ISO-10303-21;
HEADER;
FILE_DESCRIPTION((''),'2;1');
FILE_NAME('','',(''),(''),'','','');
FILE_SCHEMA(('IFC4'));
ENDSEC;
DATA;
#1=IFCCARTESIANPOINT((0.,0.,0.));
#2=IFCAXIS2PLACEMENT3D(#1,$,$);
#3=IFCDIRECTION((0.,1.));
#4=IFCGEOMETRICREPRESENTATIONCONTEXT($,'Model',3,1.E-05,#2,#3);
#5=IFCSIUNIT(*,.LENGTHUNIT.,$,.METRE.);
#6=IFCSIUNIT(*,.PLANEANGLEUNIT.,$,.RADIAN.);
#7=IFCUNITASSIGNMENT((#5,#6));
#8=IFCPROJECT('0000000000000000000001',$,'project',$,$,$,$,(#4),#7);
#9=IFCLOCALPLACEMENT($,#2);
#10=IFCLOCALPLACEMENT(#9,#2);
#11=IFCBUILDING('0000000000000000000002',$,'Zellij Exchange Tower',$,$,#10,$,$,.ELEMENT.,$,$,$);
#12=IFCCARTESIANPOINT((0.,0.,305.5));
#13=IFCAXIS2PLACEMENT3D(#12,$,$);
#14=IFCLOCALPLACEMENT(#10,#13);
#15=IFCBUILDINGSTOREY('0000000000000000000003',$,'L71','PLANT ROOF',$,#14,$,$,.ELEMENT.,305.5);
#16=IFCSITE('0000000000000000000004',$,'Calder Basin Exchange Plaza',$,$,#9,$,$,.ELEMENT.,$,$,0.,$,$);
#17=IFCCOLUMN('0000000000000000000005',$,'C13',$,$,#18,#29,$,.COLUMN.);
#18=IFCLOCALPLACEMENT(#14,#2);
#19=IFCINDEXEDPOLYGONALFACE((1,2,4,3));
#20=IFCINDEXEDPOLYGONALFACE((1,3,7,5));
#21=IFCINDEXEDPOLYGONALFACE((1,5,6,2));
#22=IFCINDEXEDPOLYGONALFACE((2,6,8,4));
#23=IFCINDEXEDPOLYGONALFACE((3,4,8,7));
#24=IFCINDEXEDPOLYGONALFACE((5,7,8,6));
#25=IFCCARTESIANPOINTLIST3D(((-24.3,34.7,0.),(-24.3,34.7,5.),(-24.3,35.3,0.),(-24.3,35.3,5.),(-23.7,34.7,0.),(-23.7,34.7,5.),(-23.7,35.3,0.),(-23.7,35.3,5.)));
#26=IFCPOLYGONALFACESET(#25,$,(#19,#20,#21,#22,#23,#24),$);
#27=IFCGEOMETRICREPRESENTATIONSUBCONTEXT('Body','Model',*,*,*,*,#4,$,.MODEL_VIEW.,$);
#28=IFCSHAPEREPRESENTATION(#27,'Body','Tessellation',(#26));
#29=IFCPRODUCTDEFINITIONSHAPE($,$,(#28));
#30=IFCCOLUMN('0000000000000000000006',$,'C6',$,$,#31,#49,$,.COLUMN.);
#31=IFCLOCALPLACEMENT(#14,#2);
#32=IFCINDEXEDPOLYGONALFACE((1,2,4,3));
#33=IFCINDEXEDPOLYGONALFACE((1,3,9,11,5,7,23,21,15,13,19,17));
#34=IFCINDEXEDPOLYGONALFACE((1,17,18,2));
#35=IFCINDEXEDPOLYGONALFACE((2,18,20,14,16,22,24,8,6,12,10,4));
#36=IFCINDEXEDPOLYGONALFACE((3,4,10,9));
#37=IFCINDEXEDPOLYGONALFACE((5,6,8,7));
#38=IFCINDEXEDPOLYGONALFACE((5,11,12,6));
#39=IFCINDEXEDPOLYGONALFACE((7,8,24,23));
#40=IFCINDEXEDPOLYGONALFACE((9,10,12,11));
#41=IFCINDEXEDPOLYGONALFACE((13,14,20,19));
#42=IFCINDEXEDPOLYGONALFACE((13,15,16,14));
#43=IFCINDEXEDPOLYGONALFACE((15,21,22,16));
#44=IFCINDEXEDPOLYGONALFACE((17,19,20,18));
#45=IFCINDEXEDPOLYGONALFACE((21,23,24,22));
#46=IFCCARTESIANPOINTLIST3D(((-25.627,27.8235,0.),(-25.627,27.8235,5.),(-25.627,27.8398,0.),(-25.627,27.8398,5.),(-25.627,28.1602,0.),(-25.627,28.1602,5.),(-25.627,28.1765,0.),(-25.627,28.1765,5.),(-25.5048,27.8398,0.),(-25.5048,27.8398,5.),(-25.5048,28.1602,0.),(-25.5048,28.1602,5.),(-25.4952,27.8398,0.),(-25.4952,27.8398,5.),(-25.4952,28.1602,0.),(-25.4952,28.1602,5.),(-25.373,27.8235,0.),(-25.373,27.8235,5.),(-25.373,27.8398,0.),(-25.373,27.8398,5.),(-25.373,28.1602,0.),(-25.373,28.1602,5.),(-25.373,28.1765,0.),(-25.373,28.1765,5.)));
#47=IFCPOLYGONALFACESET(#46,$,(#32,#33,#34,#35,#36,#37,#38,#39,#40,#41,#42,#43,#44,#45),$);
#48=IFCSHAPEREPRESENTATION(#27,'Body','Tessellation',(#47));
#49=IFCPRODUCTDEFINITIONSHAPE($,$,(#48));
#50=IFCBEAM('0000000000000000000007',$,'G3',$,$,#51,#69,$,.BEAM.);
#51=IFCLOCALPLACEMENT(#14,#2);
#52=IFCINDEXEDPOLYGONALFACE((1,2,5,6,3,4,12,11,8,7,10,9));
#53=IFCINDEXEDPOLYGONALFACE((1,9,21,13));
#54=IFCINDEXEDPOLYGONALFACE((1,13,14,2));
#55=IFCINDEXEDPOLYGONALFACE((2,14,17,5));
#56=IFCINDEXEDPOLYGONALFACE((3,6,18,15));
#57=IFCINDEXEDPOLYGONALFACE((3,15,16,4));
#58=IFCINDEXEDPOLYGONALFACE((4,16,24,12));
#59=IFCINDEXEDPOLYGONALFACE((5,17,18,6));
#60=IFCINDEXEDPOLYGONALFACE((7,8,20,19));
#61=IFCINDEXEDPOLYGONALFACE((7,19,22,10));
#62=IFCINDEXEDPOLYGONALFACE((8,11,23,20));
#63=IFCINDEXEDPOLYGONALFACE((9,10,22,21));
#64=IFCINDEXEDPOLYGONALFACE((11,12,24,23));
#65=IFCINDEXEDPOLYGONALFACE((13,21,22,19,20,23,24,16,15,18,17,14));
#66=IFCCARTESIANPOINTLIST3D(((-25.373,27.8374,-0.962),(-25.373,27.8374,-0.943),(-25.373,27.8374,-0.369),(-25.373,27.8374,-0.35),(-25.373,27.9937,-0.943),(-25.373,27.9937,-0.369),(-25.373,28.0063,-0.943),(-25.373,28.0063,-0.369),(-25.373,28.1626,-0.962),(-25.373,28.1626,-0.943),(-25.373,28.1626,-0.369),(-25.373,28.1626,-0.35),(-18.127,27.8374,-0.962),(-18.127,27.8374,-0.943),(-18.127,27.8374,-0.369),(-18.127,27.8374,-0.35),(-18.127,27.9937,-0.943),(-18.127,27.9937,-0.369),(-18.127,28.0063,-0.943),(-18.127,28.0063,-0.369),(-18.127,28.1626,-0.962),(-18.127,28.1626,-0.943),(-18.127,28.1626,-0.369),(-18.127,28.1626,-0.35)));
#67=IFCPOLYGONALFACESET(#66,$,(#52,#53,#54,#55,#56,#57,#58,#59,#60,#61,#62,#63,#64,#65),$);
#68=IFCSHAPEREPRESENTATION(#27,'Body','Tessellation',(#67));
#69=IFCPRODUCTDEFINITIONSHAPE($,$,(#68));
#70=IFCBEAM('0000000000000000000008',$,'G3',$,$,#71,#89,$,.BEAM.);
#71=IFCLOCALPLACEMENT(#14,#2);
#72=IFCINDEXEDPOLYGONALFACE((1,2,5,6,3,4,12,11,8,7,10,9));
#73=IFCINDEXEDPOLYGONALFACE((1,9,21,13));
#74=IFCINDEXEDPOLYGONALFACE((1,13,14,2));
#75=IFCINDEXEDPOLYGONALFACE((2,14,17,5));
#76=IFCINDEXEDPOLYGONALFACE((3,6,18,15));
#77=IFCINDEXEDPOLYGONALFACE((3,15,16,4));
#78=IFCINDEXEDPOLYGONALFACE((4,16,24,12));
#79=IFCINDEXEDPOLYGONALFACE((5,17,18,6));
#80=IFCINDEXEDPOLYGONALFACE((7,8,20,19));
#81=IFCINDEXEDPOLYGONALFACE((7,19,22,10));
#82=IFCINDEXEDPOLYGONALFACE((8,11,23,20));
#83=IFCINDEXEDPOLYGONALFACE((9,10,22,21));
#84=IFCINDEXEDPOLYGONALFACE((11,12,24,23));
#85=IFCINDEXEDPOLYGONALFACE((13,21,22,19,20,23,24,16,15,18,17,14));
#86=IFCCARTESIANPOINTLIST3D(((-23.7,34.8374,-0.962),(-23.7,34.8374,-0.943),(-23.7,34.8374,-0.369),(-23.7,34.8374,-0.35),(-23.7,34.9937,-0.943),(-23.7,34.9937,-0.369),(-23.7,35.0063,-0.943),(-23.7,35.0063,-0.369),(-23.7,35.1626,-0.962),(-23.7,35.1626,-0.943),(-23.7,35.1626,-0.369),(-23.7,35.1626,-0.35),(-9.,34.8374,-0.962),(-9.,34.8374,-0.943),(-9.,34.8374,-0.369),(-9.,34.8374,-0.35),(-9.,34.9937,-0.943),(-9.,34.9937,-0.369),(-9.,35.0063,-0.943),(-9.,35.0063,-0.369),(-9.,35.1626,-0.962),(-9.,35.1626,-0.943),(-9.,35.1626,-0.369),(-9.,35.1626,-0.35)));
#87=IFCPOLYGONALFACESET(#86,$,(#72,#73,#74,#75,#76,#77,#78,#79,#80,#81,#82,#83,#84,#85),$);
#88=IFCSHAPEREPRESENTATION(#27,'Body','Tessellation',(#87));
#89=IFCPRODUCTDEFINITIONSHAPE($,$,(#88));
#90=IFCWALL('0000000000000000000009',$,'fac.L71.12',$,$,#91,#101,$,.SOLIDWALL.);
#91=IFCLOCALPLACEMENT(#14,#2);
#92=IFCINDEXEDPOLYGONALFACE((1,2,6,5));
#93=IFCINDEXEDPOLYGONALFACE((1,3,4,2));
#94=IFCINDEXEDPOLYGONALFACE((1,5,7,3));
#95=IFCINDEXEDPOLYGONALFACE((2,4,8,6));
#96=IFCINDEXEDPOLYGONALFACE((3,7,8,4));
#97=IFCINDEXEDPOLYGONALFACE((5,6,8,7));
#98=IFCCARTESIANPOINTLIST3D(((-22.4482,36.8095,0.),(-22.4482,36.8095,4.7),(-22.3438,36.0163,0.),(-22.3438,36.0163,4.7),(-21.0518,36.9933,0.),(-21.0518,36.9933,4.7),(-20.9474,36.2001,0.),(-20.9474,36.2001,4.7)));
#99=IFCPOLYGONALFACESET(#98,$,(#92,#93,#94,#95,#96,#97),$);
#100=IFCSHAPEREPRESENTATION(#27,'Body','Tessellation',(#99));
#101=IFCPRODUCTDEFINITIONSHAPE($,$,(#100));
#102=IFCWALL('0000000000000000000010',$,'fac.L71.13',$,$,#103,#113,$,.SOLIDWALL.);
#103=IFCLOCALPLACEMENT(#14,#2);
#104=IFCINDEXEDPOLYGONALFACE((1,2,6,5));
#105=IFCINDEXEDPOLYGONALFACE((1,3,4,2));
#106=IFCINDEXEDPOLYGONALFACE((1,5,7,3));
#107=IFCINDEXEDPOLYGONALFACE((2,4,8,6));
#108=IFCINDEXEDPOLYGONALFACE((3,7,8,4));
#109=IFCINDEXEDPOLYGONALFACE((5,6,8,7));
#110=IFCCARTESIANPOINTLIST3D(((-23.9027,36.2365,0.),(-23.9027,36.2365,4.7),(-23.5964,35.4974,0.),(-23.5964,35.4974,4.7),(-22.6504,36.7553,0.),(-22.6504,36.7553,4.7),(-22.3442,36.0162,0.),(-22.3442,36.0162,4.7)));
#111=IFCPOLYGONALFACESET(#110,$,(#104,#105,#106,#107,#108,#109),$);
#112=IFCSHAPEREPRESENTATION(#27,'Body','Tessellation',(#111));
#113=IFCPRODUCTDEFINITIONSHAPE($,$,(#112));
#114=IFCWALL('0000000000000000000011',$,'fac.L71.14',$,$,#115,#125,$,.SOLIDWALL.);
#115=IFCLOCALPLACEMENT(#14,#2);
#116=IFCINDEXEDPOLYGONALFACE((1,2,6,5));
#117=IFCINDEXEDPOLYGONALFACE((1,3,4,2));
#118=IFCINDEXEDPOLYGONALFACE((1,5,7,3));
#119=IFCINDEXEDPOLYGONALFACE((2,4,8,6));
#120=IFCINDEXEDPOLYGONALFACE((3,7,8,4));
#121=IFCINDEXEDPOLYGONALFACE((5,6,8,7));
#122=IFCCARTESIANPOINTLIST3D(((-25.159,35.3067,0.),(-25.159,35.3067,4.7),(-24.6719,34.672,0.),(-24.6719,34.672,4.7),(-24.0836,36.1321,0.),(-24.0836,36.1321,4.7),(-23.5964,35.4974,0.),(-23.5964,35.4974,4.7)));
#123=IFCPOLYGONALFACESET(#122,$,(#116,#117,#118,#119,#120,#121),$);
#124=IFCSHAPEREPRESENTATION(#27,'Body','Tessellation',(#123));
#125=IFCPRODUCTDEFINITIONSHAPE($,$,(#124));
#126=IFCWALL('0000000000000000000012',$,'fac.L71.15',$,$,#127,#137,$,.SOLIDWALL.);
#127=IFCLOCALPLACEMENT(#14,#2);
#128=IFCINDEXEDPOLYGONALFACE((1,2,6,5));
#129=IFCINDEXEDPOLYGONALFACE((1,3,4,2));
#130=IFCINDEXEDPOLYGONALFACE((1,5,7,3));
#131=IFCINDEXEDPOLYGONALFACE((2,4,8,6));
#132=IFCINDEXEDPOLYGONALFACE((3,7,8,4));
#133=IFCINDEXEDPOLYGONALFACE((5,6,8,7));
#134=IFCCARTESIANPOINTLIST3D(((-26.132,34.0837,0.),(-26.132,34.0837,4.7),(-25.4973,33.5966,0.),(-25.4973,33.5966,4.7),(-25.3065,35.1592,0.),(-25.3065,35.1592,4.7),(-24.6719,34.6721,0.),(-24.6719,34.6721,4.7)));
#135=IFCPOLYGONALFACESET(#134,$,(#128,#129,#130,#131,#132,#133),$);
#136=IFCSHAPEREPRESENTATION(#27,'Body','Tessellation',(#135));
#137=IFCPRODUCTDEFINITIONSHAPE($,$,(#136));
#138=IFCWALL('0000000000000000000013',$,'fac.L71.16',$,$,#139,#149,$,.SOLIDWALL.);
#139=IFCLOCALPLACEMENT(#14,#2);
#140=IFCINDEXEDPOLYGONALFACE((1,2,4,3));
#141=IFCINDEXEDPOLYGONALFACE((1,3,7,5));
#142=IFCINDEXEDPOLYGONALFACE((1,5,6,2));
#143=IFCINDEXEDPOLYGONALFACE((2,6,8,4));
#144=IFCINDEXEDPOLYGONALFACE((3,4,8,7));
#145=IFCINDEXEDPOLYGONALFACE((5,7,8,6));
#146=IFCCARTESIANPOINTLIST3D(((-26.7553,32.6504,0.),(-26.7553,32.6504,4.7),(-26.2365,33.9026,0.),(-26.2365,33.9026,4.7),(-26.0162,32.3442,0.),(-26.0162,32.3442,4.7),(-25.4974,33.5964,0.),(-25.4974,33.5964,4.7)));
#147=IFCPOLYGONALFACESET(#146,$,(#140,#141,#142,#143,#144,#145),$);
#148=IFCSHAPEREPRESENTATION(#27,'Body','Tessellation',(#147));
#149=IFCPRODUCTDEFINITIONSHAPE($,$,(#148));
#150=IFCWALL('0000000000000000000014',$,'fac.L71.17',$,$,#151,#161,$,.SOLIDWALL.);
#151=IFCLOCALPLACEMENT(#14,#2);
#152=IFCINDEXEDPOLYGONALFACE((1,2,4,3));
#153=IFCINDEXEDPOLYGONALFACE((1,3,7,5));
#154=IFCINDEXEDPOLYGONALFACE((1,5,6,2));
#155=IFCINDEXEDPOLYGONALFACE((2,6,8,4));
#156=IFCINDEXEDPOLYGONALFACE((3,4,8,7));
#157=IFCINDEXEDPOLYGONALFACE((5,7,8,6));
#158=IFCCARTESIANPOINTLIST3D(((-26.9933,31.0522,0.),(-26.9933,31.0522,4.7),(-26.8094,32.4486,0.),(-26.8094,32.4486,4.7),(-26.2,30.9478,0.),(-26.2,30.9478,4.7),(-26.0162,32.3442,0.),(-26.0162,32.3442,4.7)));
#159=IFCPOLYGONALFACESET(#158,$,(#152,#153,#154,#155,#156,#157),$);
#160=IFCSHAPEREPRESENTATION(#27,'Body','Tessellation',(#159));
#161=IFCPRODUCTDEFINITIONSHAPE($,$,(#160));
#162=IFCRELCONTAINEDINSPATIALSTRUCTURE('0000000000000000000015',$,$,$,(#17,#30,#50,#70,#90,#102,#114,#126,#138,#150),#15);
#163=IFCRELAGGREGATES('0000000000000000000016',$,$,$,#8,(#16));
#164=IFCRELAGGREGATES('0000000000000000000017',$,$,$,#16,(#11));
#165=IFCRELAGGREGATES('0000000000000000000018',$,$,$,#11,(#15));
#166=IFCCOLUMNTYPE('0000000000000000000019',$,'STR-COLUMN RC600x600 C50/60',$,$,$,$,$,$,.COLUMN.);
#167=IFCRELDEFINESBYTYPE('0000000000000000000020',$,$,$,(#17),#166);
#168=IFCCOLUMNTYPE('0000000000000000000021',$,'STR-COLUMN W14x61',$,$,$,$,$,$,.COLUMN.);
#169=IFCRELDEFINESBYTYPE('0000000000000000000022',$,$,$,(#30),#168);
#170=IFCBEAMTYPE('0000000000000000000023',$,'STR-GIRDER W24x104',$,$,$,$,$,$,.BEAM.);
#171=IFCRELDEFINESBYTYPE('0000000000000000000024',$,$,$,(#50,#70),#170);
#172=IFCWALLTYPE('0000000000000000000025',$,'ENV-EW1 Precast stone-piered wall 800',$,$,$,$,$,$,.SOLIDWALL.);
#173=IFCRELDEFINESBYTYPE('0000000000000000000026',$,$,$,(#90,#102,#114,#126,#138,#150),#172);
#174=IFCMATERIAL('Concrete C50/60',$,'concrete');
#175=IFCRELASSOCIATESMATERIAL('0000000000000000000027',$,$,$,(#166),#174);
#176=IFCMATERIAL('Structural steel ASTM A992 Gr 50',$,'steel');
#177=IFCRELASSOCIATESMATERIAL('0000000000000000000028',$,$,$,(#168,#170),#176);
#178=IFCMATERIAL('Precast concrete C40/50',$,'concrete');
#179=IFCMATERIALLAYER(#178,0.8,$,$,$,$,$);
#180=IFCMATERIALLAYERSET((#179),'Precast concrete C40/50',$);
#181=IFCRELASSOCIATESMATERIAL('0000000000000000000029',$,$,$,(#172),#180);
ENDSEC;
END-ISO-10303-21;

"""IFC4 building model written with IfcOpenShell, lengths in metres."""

from ifc_helpers import new_model, si_unit, direction, frame, frame_2d, origin, origin_2d, place, context, subcontext, project, spatial, rectangle, i_section, extrude, material, layer, layer_set, material_profile, profile_set, type_object, element, save


model = new_model("IFC4")

# Units and contexts
model_context = context("Model", 3, precision=1e-05, world=origin(), true_north=direction((0.0, 1.0)))
body_context = subcontext(model_context, "Body", "Model", "MODEL_VIEW")
ifc_project = project(units=[si_unit("LENGTHUNIT", "METRE"), si_unit("PLANEANGLEUNIT", "RADIAN")], contexts=[model_context])

# Site, building, storey
site_placement = place(None, origin())
site = spatial("IfcSite", under=ifc_project, at=site_placement, Name="Calder Basin Exchange Plaza", CompositionType="ELEMENT", RefElevation=0.0)
building_placement = place(site_placement, origin())
building = spatial("IfcBuilding", under=site, at=building_placement, Name="Zellij Exchange Tower", CompositionType="ELEMENT")
storey_placement = place(building_placement, frame((0.0, 0.0, 305.5)))
storey = spatial("IfcBuildingStorey", under=building, at=storey_placement, Name="L71", Description="PLANT ROOF", CompositionType="ELEMENT", Elevation=305.5)

# Columns
ifc_material_1 = material(Name="Concrete C50/60", Category="concrete")
ifc_material_profile_1 = material_profile(ifc_material_1, rectangle(XDim=0.6001, YDim=0.6001, at=origin_2d()), Name="STR-COLUMN RC600x600 C50/60")
ifc_profile_set_1 = profile_set([ifc_material_profile_1], Name="Concrete C50/60")
column_type_1 = type_object("IfcColumnType", Name="STR-COLUMN RC600x600 C50/60", PredefinedType="COLUMN", material=ifc_profile_set_1)
column_1_placement = place(storey_placement, frame((-24.0, 35.0, 0.0), z_axis=(0.0, 0.0, 1.0), x_axis=(1.0, 0.0, 0.0)))
element("IfcColumn", 1, at=column_1_placement, inside=storey, type_object=column_type_1, Name="C13", PredefinedType="COLUMN", context=body_context, shape_type="SweptSolid", body=[
    extrude(rectangle(XDim=0.6001, YDim=0.6001, at=origin_2d()), origin(), (0.0, 0.0, 1.0), 5.0),
])
ifc_material_2 = material(Name="Structural steel ASTM A992 Gr 50", Category="steel")
ifc_material_profile_2 = material_profile(ifc_material_2, i_section(OverallWidth=0.2539, OverallDepth=0.353, WebThickness=0.0095, FlangeThickness=0.0164, at=origin_2d()), Name="W14x61")
ifc_profile_set_2 = profile_set([ifc_material_profile_2], Name="Structural steel ASTM A992 Gr 50")
column_type_2 = type_object("IfcColumnType", Name="STR-COLUMN W14x61", PredefinedType="COLUMN", material=ifc_profile_set_2)
column_2_placement = place(storey_placement, frame((-25.5, 28.0, 0.0), z_axis=(0.0, 0.0, 1.0), x_axis=(1.0, 0.0, 0.0)))
element("IfcColumn", 2, at=column_2_placement, inside=storey, type_object=column_type_2, Name="C6", PredefinedType="COLUMN", context=body_context, shape_type="SweptSolid", body=[
    extrude(i_section(OverallWidth=0.2539, OverallDepth=0.353, WebThickness=0.0095, FlangeThickness=0.0164, at=origin_2d()), origin(), (0.0, 0.0, 1.0), 5.0),
])

# Beams
ifc_material_profile_3 = material_profile(ifc_material_2, i_section(OverallWidth=0.3252, OverallDepth=0.6121, WebThickness=0.0127, FlangeThickness=0.019, at=origin_2d()), Name="W24x104")
ifc_profile_set_3 = profile_set([ifc_material_profile_3], Name="Structural steel ASTM A992 Gr 50")
beam_type = type_object("IfcBeamType", Name="STR-GIRDER W24x104", PredefinedType="BEAM", material=ifc_profile_set_3)
beam_1_placement = place(storey_placement, frame((-25.373, 28.0, -0.656), z_axis=(1.0, 0.0, 0.0), x_axis=(0.0, 1.0, 0.0)))
element("IfcBeam", 3, at=beam_1_placement, inside=storey, type_object=beam_type, Name="G3", PredefinedType="BEAM", context=body_context, shape_type="SweptSolid", body=[
    extrude(i_section(OverallWidth=0.3252, OverallDepth=0.6121, WebThickness=0.0127, FlangeThickness=0.019, at=origin_2d()), origin(), (0.0, 0.0, 1.0), 7.2461),
])
beam_2_placement = place(storey_placement, frame((-23.7, 35.0, -0.656), z_axis=(1.0, 0.0, 0.0), x_axis=(0.0, 1.0, 0.0)))
element("IfcBeam", 4, at=beam_2_placement, inside=storey, type_object=beam_type, Name="G3", PredefinedType="BEAM", context=body_context, shape_type="SweptSolid", body=[
    extrude(i_section(OverallWidth=0.3252, OverallDepth=0.6121, WebThickness=0.0127, FlangeThickness=0.019, at=origin_2d()), origin(), (0.0, 0.0, 1.0), 14.7),
])

# Walls
ifc_material_3 = material(Name="Precast concrete C40/50", Category="concrete")
ifc_layer_1 = layer(ifc_material_3, 0.8)
ifc_layer_set_1 = layer_set([ifc_layer_1], Name="Precast concrete C40/50")
wall_type_1 = type_object("IfcWallType", Name="ENV-EW1 Precast stone-piered wall 800", PredefinedType="SOLIDWALL", material=ifc_layer_set_1)
wall_1_placement = place(storey_placement, frame((-20.9998, 36.5967, 0.0), z_axis=(0.0, 0.0, 1.0), x_axis=(-0.991446, -0.130517, 0.0)))
element("IfcWall", 5, at=wall_1_placement, inside=storey, type_object=wall_type_1, Name="fac.L71.12", PredefinedType="SOLIDWALL", context=body_context, shape_type="SweptSolid", body=[
    extrude(rectangle(XDim=1.4084, YDim=0.8, at=frame_2d((0.7041, 0.0))), origin(), (0.0, 0.0, 1.0), 4.7),
])
wall_2_placement = place(storey_placement, frame((-22.4973, 36.3857, 0.0), z_axis=(0.0, 0.0, 1.0), x_axis=(-0.923848, -0.38276, 0.0)))
element("IfcWall", 6, at=wall_2_placement, inside=storey, type_object=wall_type_1, Name="fac.L71.13", PredefinedType="SOLIDWALL", context=body_context, shape_type="SweptSolid", body=[
    extrude(rectangle(XDim=1.3555, YDim=0.8, at=frame_2d((0.6777, 0.0))), origin(), (0.0, 0.0, 1.0), 4.7),
])
for number, where, z_axis, x_axis, name in (
    (7, (-23.8401, 35.8147, 0.0), (0.0, 0.0, 1.0), (-0.793273, -0.608866, 0.0), "fac.L71.14"),
    (8, (-24.9893, 34.9155, 0.0), (0.0, 0.0, 1.0), (-0.608866, -0.793273, 0.0), "fac.L71.15"),
):
    element("IfcWall", number, at=place(storey_placement, frame(where, z_axis=z_axis, x_axis=x_axis)), inside=storey, type_object=wall_type_1, Name=name, PredefinedType="SOLIDWALL", context=body_context, shape_type="SweptSolid", body=[
        extrude(rectangle(XDim=1.3557, YDim=0.8, at=frame_2d((0.6777, 0.0))), origin(), (0.0, 0.0, 1.0), 4.7),
    ])
wall_3_placement = place(storey_placement, frame((-25.8669, 33.7495, 0.0), z_axis=(0.0, 0.0, 1.0), x_axis=(-0.38276, -0.923848, 0.0)))
element("IfcWall", 9, at=wall_3_placement, inside=storey, type_object=wall_type_1, Name="fac.L71.16", PredefinedType="SOLIDWALL", context=body_context, shape_type="SweptSolid", body=[
    extrude(rectangle(XDim=1.3555, YDim=0.8, at=frame_2d((0.6777, 0.0))), origin(), (0.0, 0.0, 1.0), 4.7),
])
wall_4_placement = place(storey_placement, frame((-26.4128, 32.3962, 0.0), z_axis=(0.0, 0.0, 1.0), x_axis=(-0.130517, -0.991446, 0.0)))
element("IfcWall", 10, at=wall_4_placement, inside=storey, type_object=wall_type_1, Name="fac.L71.17", PredefinedType="SOLIDWALL", context=body_context, shape_type="SweptSolid", body=[
    extrude(rectangle(XDim=1.4084, YDim=0.8, at=frame_2d((0.7041, 0.0))), origin(), (0.0, 0.0, 1.0), 4.7),
])

save(model, "model.ifc")
